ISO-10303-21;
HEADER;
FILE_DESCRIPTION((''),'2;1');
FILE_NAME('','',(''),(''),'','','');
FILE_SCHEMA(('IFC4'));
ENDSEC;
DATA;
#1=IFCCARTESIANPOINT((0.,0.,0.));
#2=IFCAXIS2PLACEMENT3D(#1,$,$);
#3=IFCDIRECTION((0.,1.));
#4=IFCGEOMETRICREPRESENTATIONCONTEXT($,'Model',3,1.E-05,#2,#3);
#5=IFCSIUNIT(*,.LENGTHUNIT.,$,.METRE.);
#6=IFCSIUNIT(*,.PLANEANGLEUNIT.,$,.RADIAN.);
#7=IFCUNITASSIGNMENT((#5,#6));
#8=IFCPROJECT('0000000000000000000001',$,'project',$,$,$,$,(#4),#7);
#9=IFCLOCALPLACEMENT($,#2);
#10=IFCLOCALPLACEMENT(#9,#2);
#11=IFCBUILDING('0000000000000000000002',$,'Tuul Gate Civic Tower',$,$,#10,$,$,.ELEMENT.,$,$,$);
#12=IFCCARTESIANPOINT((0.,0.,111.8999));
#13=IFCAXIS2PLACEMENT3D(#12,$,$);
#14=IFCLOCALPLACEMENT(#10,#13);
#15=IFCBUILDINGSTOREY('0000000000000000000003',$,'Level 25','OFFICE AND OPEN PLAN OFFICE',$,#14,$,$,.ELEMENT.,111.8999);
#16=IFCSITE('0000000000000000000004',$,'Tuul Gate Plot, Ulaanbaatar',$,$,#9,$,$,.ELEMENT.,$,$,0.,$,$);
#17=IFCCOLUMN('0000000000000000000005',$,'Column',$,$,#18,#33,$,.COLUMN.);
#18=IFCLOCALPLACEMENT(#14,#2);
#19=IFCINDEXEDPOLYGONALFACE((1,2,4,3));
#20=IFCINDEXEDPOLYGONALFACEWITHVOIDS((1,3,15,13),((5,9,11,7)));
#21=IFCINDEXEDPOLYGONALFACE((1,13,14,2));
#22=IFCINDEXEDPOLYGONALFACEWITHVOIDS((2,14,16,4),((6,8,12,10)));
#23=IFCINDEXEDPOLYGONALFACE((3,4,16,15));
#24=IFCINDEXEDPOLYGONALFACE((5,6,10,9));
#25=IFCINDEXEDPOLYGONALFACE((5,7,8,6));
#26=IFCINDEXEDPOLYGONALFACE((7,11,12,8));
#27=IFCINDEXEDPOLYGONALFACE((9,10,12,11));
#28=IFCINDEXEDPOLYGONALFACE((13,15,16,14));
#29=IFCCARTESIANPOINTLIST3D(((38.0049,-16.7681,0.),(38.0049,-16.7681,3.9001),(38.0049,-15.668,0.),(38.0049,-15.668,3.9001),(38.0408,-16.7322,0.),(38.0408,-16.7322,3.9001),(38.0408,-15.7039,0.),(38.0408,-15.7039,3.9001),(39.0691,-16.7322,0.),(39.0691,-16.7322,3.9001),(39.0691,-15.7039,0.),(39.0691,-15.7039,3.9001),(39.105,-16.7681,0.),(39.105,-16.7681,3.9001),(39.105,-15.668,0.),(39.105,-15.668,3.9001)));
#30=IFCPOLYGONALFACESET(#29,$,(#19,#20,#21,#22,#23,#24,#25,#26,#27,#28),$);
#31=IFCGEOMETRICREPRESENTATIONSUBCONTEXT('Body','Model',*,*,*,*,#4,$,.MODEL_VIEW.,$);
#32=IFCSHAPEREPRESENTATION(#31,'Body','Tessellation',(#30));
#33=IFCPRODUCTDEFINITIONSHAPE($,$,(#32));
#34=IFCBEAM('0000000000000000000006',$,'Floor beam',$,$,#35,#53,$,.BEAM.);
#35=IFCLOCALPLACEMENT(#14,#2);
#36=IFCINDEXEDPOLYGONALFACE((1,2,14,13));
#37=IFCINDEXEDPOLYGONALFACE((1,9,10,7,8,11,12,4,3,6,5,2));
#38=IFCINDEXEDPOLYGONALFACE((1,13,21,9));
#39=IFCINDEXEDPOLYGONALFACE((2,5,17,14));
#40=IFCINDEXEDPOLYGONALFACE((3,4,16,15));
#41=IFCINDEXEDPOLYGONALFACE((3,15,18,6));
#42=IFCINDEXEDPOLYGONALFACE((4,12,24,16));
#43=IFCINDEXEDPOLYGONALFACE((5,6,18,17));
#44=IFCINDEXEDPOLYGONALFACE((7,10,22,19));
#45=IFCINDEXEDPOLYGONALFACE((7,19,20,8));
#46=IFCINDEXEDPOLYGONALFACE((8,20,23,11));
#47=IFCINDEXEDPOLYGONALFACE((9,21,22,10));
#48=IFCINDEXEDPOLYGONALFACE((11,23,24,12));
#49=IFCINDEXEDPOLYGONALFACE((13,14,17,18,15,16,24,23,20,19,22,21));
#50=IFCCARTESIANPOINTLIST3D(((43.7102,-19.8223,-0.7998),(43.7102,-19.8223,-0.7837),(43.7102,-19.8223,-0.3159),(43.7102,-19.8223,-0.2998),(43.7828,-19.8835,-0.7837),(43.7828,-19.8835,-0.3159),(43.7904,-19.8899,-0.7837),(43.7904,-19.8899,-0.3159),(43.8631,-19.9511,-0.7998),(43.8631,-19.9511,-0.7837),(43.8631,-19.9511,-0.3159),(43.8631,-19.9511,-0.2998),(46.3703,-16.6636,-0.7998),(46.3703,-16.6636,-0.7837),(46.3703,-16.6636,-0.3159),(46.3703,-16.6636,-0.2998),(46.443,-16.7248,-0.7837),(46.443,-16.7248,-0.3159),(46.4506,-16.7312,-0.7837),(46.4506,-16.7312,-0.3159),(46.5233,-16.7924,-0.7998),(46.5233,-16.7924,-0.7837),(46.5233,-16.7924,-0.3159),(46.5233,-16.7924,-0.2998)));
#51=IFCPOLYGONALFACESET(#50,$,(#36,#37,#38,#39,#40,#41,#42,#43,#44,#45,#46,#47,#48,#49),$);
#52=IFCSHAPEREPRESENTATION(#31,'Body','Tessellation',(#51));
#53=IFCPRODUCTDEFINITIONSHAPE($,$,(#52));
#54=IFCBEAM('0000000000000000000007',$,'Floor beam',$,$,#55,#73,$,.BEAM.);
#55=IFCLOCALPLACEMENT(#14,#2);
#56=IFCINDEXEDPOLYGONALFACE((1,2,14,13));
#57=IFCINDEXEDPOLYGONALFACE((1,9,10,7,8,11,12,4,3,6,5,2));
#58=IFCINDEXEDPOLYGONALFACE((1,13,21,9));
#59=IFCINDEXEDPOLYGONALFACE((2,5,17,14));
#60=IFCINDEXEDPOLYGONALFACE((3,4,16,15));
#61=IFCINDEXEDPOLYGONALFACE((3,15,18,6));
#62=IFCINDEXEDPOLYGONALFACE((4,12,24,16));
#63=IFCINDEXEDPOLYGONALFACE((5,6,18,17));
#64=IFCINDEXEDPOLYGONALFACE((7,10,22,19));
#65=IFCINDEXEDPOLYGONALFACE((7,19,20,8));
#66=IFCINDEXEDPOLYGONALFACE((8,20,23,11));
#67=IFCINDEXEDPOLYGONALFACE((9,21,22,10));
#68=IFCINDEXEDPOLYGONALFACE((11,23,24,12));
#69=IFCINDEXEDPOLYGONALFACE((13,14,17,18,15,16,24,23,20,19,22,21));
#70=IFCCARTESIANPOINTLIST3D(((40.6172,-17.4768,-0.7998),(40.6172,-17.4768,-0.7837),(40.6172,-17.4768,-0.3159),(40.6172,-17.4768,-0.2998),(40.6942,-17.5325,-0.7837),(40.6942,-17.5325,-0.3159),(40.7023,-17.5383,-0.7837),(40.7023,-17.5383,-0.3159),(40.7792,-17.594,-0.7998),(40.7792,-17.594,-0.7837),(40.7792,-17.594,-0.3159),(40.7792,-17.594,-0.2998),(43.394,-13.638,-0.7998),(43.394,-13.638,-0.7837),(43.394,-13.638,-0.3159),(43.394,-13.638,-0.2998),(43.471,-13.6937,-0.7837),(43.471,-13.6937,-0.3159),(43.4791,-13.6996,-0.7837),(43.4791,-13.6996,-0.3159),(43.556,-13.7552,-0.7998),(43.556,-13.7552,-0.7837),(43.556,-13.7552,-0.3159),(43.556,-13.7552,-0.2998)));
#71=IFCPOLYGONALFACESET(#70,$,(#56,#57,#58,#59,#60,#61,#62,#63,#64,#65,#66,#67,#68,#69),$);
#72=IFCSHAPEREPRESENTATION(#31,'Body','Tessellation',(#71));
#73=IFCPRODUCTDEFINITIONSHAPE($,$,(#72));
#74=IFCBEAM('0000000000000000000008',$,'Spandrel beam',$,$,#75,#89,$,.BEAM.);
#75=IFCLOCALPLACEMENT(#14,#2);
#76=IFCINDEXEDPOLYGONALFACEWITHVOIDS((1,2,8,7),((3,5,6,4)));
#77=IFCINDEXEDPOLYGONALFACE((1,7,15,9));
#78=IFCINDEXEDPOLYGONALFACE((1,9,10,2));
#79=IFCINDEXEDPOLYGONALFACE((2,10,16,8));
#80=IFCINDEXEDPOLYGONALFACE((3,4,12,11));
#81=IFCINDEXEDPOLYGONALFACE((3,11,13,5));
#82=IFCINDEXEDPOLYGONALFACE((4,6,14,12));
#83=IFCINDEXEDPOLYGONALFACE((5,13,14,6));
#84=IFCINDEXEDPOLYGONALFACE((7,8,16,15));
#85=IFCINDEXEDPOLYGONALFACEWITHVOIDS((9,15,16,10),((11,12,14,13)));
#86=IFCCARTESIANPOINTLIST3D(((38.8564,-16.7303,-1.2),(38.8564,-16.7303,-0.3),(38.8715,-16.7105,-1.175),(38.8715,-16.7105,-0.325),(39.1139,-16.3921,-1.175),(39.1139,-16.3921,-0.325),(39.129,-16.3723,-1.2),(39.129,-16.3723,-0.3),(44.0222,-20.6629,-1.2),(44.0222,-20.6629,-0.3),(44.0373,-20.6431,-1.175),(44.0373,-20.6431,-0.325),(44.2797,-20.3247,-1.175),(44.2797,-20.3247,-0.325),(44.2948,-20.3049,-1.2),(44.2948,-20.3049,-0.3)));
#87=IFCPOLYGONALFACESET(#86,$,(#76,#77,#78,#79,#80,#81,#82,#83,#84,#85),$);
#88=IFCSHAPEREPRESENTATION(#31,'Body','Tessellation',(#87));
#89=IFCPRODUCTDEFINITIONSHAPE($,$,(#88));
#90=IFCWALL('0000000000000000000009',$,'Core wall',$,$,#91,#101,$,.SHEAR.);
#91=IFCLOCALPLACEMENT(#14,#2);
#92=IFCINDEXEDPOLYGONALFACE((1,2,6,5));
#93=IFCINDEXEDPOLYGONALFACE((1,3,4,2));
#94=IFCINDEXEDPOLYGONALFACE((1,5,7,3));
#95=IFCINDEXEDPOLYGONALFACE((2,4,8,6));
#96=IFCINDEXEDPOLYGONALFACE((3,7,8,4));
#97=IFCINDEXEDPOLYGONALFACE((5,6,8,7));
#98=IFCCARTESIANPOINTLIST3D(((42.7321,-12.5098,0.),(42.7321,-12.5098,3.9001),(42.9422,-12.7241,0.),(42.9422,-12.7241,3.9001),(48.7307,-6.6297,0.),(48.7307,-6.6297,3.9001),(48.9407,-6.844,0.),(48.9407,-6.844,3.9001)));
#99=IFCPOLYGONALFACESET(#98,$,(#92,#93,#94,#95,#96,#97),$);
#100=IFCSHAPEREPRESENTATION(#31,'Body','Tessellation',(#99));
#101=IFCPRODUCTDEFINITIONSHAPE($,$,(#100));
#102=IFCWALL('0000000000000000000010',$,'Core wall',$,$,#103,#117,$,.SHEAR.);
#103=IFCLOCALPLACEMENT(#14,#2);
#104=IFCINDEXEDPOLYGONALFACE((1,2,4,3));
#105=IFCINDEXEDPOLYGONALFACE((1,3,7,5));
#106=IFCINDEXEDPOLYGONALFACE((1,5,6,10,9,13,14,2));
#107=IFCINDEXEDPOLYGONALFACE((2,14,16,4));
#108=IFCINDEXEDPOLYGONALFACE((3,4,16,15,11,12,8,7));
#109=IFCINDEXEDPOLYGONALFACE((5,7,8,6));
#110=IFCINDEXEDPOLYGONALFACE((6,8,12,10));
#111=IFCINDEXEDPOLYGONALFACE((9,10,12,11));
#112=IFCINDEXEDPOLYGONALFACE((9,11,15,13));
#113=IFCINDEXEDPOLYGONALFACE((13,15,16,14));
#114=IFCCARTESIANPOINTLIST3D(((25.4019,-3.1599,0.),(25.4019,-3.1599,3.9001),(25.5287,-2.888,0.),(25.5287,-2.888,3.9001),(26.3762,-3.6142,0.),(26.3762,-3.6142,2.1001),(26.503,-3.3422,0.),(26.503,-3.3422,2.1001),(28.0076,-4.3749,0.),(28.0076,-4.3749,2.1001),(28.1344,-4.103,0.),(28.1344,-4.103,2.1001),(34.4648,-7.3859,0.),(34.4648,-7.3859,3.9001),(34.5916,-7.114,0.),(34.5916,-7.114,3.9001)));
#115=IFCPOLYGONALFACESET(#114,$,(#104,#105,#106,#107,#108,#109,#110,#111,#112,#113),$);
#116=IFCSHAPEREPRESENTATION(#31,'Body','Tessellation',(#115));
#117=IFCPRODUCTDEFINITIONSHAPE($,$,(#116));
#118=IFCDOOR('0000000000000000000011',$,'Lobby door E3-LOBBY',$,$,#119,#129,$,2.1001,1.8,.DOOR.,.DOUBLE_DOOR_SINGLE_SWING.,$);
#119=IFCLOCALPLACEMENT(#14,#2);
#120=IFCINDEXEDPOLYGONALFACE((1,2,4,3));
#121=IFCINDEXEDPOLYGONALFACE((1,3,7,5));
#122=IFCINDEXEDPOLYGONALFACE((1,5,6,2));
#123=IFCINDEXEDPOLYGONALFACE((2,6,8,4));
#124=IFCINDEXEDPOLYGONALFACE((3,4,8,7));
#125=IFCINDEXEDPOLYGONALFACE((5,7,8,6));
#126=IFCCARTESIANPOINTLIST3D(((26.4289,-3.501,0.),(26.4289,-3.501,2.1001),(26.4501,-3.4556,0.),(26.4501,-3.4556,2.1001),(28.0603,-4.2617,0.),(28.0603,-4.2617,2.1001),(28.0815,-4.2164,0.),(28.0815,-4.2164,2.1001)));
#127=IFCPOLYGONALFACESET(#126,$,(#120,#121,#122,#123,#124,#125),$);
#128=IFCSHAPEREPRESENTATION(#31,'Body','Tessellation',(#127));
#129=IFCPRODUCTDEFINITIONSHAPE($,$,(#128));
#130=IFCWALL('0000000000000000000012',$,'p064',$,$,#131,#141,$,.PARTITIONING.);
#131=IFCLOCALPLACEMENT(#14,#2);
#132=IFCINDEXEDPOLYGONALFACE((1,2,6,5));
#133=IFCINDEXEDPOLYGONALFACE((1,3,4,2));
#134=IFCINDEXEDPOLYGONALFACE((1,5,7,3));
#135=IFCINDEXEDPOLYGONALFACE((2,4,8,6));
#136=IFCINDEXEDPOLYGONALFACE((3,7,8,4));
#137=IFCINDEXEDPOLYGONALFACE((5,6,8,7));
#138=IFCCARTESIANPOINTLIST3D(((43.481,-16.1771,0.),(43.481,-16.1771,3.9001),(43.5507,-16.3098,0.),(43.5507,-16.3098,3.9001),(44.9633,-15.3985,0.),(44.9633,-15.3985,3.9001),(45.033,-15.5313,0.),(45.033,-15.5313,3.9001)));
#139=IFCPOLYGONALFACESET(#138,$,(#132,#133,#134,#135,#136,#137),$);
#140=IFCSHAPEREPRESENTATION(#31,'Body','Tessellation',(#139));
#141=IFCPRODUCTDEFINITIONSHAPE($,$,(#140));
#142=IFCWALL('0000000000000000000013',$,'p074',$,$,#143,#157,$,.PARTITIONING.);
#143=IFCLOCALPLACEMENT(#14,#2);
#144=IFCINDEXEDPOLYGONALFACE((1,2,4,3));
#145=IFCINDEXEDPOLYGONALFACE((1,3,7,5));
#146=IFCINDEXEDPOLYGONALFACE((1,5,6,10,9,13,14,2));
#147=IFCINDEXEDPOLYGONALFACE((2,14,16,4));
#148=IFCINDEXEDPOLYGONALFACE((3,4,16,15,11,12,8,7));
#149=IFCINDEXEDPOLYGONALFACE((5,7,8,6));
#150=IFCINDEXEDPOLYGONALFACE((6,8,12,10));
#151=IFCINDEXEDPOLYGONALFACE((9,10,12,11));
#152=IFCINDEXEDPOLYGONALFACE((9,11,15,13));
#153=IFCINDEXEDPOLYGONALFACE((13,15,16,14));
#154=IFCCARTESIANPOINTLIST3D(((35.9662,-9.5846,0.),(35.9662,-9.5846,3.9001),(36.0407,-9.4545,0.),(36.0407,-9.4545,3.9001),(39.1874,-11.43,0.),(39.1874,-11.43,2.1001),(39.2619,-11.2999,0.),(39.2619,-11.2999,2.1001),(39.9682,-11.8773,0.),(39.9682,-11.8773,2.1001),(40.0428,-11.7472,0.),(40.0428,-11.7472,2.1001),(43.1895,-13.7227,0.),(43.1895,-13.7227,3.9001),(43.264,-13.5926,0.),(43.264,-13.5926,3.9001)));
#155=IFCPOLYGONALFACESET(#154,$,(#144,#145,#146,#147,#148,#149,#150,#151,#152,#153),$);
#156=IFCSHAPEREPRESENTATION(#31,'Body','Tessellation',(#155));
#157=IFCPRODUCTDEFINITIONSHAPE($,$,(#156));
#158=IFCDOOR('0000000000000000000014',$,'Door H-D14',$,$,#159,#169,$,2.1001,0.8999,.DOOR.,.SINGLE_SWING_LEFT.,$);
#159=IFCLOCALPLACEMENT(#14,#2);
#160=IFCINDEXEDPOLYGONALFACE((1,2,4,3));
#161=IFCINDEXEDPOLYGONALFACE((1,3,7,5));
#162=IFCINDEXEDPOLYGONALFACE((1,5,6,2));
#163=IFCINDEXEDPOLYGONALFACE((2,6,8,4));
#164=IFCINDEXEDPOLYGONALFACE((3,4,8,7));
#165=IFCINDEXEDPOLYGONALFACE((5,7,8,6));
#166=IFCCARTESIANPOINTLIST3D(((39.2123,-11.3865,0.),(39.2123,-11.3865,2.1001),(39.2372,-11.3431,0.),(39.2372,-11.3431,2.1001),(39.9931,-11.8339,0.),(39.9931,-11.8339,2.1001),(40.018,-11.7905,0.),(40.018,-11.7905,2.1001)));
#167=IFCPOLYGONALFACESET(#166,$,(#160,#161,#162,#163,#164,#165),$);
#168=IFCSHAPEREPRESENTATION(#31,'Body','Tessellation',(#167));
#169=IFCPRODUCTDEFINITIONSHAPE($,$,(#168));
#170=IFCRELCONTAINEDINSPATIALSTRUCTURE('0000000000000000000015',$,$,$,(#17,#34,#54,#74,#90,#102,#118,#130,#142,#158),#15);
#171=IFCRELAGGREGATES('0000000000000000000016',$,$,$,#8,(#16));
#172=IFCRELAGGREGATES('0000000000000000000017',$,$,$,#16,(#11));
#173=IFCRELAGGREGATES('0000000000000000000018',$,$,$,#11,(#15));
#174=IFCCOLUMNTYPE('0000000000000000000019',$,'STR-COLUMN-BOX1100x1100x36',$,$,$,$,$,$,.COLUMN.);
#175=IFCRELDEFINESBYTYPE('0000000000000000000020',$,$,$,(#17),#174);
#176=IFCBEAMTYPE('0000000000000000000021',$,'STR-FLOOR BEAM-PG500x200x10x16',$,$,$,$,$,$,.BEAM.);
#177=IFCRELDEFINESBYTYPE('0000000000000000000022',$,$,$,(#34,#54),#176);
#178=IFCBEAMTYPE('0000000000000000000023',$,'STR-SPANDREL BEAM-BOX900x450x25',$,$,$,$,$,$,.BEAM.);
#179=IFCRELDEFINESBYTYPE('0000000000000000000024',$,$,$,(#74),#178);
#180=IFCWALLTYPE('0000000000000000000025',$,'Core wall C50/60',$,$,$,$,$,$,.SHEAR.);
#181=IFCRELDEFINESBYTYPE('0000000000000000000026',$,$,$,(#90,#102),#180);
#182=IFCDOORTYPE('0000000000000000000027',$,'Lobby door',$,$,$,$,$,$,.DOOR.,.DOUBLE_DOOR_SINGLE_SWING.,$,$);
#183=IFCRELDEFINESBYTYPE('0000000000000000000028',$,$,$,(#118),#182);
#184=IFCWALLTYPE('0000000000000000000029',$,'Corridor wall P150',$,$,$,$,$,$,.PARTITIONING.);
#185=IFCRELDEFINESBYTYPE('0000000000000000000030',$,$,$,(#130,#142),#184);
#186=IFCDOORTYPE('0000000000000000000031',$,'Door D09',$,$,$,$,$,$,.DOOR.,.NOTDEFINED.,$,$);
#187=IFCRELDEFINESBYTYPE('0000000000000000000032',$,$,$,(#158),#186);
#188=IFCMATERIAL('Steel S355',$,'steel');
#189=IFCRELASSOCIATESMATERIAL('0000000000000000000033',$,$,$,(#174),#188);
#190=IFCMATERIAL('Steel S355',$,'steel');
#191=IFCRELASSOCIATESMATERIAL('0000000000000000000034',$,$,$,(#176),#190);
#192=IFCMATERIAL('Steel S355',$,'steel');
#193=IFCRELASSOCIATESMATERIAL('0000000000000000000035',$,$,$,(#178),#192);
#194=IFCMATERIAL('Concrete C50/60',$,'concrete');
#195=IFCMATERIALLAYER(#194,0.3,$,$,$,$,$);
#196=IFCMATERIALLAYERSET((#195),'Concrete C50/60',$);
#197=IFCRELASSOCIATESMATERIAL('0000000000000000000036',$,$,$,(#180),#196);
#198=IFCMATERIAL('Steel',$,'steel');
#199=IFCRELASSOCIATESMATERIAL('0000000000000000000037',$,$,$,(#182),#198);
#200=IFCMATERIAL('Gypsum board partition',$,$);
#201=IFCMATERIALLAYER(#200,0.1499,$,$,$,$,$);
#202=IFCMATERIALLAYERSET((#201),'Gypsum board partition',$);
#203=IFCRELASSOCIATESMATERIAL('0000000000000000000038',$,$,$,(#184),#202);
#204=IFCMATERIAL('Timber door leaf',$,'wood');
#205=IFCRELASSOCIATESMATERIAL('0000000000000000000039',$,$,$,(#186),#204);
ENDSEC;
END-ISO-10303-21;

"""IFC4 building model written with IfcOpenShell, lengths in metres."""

from ifc_helpers import new_model, si_unit, direction, frame, frame_2d, origin, origin_2d, place, context, subcontext, project, spatial, rectangle, hollow_rectangle, i_section, extrude, material, layer, layer_set, material_profile, profile_set, type_object, element, fill, save


model = new_model("IFC4")

# Units and contexts
model_context = context("Model", 3, precision=1e-05, world=origin(), true_north=direction((0.0, 1.0)))
body_context = subcontext(model_context, "Body", "Model", "MODEL_VIEW")
ifc_project = project(units=[si_unit("LENGTHUNIT", "METRE"), si_unit("PLANEANGLEUNIT", "RADIAN")], contexts=[model_context])

# Site, building, storey
site_placement = place(None, origin())
site = spatial("IfcSite", under=ifc_project, at=site_placement, Name="Tuul Gate Plot, Ulaanbaatar", CompositionType="ELEMENT", RefElevation=0.0)
building_placement = place(site_placement, origin())
building = spatial("IfcBuilding", under=site, at=building_placement, Name="Tuul Gate Civic Tower", CompositionType="ELEMENT")
storey_placement = place(building_placement, frame((0.0, 0.0, 111.8999)))
storey = spatial("IfcBuildingStorey", under=building, at=storey_placement, Name="Level 25", Description="OFFICE AND OPEN PLAN OFFICE", CompositionType="ELEMENT", Elevation=111.8999)

# Column
ifc_material_1 = material(Name="Steel S355", Category="steel")
ifc_material_profile_1 = material_profile(ifc_material_1, hollow_rectangle(XDim=1.1001, YDim=1.1001, WallThickness=0.0359, at=origin_2d()), Name="BOX1100x1100x36")
ifc_profile_set_1 = profile_set([ifc_material_profile_1], Name="Steel S355")
column_type = type_object("IfcColumnType", Name="STR-COLUMN-BOX1100x1100x36", PredefinedType="COLUMN", material=ifc_profile_set_1)
column_placement = place(storey_placement, frame((38.5549, -16.218, 0.0), z_axis=(0.0, 0.0, 1.0), x_axis=(1.0, 0.0, 0.0)))
element("IfcColumn", 1, at=column_placement, inside=storey, type_object=column_type, Name="Column", PredefinedType="COLUMN", context=body_context, shape_type="SweptSolid", body=[
    extrude(hollow_rectangle(XDim=1.1001, YDim=1.1001, WallThickness=0.0359, at=origin_2d()), origin(), (0.0, 0.0, 1.0), 3.9001),
])

# Beams
ifc_material_2 = material(Name="Steel S355", Category="steel")
ifc_material_profile_2 = material_profile(ifc_material_2, i_section(OverallWidth=0.2, OverallDepth=0.5, WebThickness=0.01, FlangeThickness=0.0161, at=origin_2d()), Name="PG500x200x10x16")
ifc_profile_set_2 = profile_set([ifc_material_profile_2], Name="Steel S355")
beam_type_1 = type_object("IfcBeamType", Name="STR-FLOOR BEAM-PG500x200x10x16", PredefinedType="BEAM", material=ifc_profile_set_2)
beam_1_placement = place(storey_placement, frame((43.7866, -19.8867, -0.5498), z_axis=(0.644165, 0.764887, 0.0), x_axis=(-0.764887, 0.644165, 0.0)))
element("IfcBeam", 2, at=beam_1_placement, inside=storey, type_object=beam_type_1, Name="Floor beam", PredefinedType="BEAM", context=body_context, shape_type="SweptSolid", body=[
    extrude(i_section(OverallWidth=0.2, OverallDepth=0.5, WebThickness=0.01, FlangeThickness=0.0161, at=origin_2d()), origin(), (0.0, 0.0, 1.0), 4.1296),
])
beam_2_placement = place(storey_placement, frame((40.6982, -17.5354, -0.5498), z_axis=(0.586092, 0.810244, 0.0), x_axis=(-0.810244, 0.586092, 0.0)))
element("IfcBeam", 3, at=beam_2_placement, inside=storey, type_object=beam_type_1, Name="Floor beam", PredefinedType="BEAM", context=body_context, shape_type="SweptSolid", body=[
    extrude(i_section(OverallWidth=0.2, OverallDepth=0.5, WebThickness=0.01, FlangeThickness=0.0161, at=origin_2d()), origin(), (0.0, 0.0, 1.0), 4.7378),
])
ifc_material_3 = material(Name="Steel S355", Category="steel")
ifc_material_profile_3 = material_profile(ifc_material_3, hollow_rectangle(XDim=0.45, YDim=0.8999, WallThickness=0.0249, at=origin_2d()), Name="BOX900x450x25")
ifc_profile_set_3 = profile_set([ifc_material_profile_3], Name="Steel S355")
beam_type_2 = type_object("IfcBeamType", Name="STR-SPANDREL BEAM-BOX900x450x25", PredefinedType="BEAM", material=ifc_profile_set_3)
beam_3_placement = place(storey_placement, frame((38.9927, -16.5513, -0.75), z_axis=(0.79567, -0.60573, 0.0), x_axis=(0.60573, 0.79567, 0.0)))
element("IfcBeam", 4, at=beam_3_placement, inside=storey, type_object=beam_type_2, Name="Spandrel beam", PredefinedType="BEAM", context=body_context, shape_type="SweptSolid", body=[
    extrude(hollow_rectangle(XDim=0.45, YDim=0.8999, WallThickness=0.0249, at=origin_2d()), origin(), (0.0, 0.0, 1.0), 6.4924),
])

# Wall
ifc_material_4 = material(Name="Concrete C50/60", Category="concrete")
ifc_layer_1 = layer(ifc_material_4, 0.3)
ifc_layer_set_1 = layer_set([ifc_layer_1], Name="Concrete C50/60")
wall_type_1 = type_object("IfcWallType", Name="Core wall C50/60", PredefinedType="SHEAR", material=ifc_layer_set_1)
wall_1_placement = place(storey_placement, frame((42.8372, -12.6169, 0.0), z_axis=(0.0, 0.0, 1.0), x_axis=(0.71412, 0.700023, 0.0)))
element("IfcWall", 5, at=wall_1_placement, inside=storey, type_object=wall_type_1, Name="Core wall", PredefinedType="SHEAR", context=body_context, shape_type="SweptSolid", body=[
    extrude(rectangle(XDim=8.3999, YDim=0.3, at=frame_2d((4.2, 0.0))), origin(), (0.0, 0.0, 1.0), 3.9001),
])

# Wall, opening, door
wall_2_placement = place(storey_placement, frame((34.5283, -7.25, 0.0), z_axis=(0.0, 0.0, 1.0), x_axis=(-0.90631, 0.422613, 0.0)))
wall_2 = element("IfcWall", 6, at=wall_2_placement, inside=storey, type_object=wall_type_1, Name="Core wall", PredefinedType="SHEAR", context=body_context, shape_type="SweptSolid", body=[
    extrude(rectangle(XDim=9.9998, YDim=0.3, at=frame_2d((5.0, 0.0))), origin(), (0.0, 0.0, 1.0), 3.9001),
])
opening_1_placement = place(wall_2_placement, frame((7.125, 0.0, 0.0)))
opening_1 = element("IfcOpeningElement", 7, at=opening_1_placement, cuts=wall_2, PredefinedType="OPENING", context=body_context, shape_type="SweptSolid", body=[
    extrude(rectangle(XDim=1.8, YDim=2.1001, at=frame_2d((0.8999, 1.05))), frame((0.0, 0.1602, 0.0), z_axis=(0.0, -1.0, 0.0), x_axis=(1.0, 0.0, 0.0)), (0.0, 0.0, 1.0), 0.3201),
])
ifc_material_5 = material(Name="Steel", Category="steel")
door_type_1 = type_object("IfcDoorType", Name="Lobby door", OperationType="DOUBLE_DOOR_SINGLE_SWING", PredefinedType="DOOR", material=ifc_material_5)
door_1_placement = place(opening_1_placement, frame((1.8, 0.0, 0.0), z_axis=(0.0, 0.0, 1.0), x_axis=(-1.0, 0.0, 0.0)))
door_1 = element("IfcDoor", 8, at=door_1_placement, inside=storey, type_object=door_type_1, Name="Lobby door E3-LOBBY", OperationType="DOUBLE_DOOR_SINGLE_SWING", OverallHeight=2.1001, OverallWidth=1.8, PredefinedType="DOOR", context=body_context, shape_type="SweptSolid", body=[
    extrude(rectangle(XDim=1.8, YDim=2.1001, at=frame_2d((0.9001, 1.05))), frame((0.0, 0.0249, 0.0), z_axis=(0.0, -1.0, 0.0), x_axis=(1.0, 0.0, 0.0)), (0.0, 0.0, 1.0), 0.05),
])
fill(opening_1, door_1)

# Wall
ifc_material_6 = material(Name="Gypsum board partition")
ifc_layer_2 = layer(ifc_material_6, 0.1499)
ifc_layer_set_2 = layer_set([ifc_layer_2], Name="Gypsum board partition")
wall_type_2 = type_object("IfcWallType", Name="Corridor wall P150", PredefinedType="PARTITIONING", material=ifc_layer_set_2)
wall_3_placement = place(storey_placement, frame((43.5159, -16.2434, 0.0), z_axis=(0.0, 0.0, 1.0), x_axis=(0.885326, 0.464971, 0.0)))
element("IfcWall", 9, at=wall_3_placement, inside=storey, type_object=wall_type_2, Name="p064", PredefinedType="PARTITIONING", context=body_context, shape_type="SweptSolid", body=[
    extrude(rectangle(XDim=1.6743, YDim=0.1499, at=frame_2d((0.8372, 0.0))), origin(), (0.0, 0.0, 1.0), 3.9001),
])

# Wall, opening, door
wall_4_placement = place(storey_placement, frame((36.0034, -9.5195, 0.0), z_axis=(0.0, 0.0, 1.0), x_axis=(0.867698, -0.497092, 0.0)))
wall_4 = element("IfcWall", 10, at=wall_4_placement, inside=storey, type_object=wall_type_2, Name="p074", PredefinedType="PARTITIONING", context=body_context, shape_type="SweptSolid", body=[
    extrude(rectangle(XDim=8.3247, YDim=0.1499, at=frame_2d((4.1624, 0.0))), origin(), (0.0, 0.0, 1.0), 3.9001),
])
opening_2_placement = place(wall_4_placement, frame((3.7124, 0.0, 0.0)))
opening_2 = element("IfcOpeningElement", 11, at=opening_2_placement, cuts=wall_4, PredefinedType="OPENING", context=body_context, shape_type="SweptSolid", body=[
    extrude(rectangle(XDim=0.8999, YDim=2.1001, at=frame_2d((0.45, 1.05))), frame((0.0, 0.085, 0.0), z_axis=(0.0, -1.0, 0.0), x_axis=(1.0, 0.0, 0.0)), (0.0, 0.0, 1.0), 0.1699),
])
ifc_material_7 = material(Name="Timber door leaf", Category="wood")
door_type_2 = type_object("IfcDoorType", Name="Door D09", OperationType="NOTDEFINED", PredefinedType="DOOR", material=ifc_material_7)
door_2_placement = place(opening_2_placement, frame((0.8999, 0.0, 0.0), z_axis=(0.0, 0.0, 1.0), x_axis=(-1.0, 0.0, 0.0)))
door_2 = element("IfcDoor", 12, at=door_2_placement, inside=storey, type_object=door_type_2, Name="Door H-D14", OperationType="SINGLE_SWING_LEFT", OverallHeight=2.1001, OverallWidth=0.8999, PredefinedType="DOOR", context=body_context, shape_type="SweptSolid", body=[
    extrude(rectangle(XDim=0.8999, YDim=2.1001, at=frame_2d((0.45, 1.05))), frame((0.0, 0.0249, 0.0), z_axis=(0.0, -1.0, 0.0), x_axis=(1.0, 0.0, 0.0)), (0.0, 0.0, 1.0), 0.05),
])
fill(opening_2, door_2)

save(model, "model.ifc")
